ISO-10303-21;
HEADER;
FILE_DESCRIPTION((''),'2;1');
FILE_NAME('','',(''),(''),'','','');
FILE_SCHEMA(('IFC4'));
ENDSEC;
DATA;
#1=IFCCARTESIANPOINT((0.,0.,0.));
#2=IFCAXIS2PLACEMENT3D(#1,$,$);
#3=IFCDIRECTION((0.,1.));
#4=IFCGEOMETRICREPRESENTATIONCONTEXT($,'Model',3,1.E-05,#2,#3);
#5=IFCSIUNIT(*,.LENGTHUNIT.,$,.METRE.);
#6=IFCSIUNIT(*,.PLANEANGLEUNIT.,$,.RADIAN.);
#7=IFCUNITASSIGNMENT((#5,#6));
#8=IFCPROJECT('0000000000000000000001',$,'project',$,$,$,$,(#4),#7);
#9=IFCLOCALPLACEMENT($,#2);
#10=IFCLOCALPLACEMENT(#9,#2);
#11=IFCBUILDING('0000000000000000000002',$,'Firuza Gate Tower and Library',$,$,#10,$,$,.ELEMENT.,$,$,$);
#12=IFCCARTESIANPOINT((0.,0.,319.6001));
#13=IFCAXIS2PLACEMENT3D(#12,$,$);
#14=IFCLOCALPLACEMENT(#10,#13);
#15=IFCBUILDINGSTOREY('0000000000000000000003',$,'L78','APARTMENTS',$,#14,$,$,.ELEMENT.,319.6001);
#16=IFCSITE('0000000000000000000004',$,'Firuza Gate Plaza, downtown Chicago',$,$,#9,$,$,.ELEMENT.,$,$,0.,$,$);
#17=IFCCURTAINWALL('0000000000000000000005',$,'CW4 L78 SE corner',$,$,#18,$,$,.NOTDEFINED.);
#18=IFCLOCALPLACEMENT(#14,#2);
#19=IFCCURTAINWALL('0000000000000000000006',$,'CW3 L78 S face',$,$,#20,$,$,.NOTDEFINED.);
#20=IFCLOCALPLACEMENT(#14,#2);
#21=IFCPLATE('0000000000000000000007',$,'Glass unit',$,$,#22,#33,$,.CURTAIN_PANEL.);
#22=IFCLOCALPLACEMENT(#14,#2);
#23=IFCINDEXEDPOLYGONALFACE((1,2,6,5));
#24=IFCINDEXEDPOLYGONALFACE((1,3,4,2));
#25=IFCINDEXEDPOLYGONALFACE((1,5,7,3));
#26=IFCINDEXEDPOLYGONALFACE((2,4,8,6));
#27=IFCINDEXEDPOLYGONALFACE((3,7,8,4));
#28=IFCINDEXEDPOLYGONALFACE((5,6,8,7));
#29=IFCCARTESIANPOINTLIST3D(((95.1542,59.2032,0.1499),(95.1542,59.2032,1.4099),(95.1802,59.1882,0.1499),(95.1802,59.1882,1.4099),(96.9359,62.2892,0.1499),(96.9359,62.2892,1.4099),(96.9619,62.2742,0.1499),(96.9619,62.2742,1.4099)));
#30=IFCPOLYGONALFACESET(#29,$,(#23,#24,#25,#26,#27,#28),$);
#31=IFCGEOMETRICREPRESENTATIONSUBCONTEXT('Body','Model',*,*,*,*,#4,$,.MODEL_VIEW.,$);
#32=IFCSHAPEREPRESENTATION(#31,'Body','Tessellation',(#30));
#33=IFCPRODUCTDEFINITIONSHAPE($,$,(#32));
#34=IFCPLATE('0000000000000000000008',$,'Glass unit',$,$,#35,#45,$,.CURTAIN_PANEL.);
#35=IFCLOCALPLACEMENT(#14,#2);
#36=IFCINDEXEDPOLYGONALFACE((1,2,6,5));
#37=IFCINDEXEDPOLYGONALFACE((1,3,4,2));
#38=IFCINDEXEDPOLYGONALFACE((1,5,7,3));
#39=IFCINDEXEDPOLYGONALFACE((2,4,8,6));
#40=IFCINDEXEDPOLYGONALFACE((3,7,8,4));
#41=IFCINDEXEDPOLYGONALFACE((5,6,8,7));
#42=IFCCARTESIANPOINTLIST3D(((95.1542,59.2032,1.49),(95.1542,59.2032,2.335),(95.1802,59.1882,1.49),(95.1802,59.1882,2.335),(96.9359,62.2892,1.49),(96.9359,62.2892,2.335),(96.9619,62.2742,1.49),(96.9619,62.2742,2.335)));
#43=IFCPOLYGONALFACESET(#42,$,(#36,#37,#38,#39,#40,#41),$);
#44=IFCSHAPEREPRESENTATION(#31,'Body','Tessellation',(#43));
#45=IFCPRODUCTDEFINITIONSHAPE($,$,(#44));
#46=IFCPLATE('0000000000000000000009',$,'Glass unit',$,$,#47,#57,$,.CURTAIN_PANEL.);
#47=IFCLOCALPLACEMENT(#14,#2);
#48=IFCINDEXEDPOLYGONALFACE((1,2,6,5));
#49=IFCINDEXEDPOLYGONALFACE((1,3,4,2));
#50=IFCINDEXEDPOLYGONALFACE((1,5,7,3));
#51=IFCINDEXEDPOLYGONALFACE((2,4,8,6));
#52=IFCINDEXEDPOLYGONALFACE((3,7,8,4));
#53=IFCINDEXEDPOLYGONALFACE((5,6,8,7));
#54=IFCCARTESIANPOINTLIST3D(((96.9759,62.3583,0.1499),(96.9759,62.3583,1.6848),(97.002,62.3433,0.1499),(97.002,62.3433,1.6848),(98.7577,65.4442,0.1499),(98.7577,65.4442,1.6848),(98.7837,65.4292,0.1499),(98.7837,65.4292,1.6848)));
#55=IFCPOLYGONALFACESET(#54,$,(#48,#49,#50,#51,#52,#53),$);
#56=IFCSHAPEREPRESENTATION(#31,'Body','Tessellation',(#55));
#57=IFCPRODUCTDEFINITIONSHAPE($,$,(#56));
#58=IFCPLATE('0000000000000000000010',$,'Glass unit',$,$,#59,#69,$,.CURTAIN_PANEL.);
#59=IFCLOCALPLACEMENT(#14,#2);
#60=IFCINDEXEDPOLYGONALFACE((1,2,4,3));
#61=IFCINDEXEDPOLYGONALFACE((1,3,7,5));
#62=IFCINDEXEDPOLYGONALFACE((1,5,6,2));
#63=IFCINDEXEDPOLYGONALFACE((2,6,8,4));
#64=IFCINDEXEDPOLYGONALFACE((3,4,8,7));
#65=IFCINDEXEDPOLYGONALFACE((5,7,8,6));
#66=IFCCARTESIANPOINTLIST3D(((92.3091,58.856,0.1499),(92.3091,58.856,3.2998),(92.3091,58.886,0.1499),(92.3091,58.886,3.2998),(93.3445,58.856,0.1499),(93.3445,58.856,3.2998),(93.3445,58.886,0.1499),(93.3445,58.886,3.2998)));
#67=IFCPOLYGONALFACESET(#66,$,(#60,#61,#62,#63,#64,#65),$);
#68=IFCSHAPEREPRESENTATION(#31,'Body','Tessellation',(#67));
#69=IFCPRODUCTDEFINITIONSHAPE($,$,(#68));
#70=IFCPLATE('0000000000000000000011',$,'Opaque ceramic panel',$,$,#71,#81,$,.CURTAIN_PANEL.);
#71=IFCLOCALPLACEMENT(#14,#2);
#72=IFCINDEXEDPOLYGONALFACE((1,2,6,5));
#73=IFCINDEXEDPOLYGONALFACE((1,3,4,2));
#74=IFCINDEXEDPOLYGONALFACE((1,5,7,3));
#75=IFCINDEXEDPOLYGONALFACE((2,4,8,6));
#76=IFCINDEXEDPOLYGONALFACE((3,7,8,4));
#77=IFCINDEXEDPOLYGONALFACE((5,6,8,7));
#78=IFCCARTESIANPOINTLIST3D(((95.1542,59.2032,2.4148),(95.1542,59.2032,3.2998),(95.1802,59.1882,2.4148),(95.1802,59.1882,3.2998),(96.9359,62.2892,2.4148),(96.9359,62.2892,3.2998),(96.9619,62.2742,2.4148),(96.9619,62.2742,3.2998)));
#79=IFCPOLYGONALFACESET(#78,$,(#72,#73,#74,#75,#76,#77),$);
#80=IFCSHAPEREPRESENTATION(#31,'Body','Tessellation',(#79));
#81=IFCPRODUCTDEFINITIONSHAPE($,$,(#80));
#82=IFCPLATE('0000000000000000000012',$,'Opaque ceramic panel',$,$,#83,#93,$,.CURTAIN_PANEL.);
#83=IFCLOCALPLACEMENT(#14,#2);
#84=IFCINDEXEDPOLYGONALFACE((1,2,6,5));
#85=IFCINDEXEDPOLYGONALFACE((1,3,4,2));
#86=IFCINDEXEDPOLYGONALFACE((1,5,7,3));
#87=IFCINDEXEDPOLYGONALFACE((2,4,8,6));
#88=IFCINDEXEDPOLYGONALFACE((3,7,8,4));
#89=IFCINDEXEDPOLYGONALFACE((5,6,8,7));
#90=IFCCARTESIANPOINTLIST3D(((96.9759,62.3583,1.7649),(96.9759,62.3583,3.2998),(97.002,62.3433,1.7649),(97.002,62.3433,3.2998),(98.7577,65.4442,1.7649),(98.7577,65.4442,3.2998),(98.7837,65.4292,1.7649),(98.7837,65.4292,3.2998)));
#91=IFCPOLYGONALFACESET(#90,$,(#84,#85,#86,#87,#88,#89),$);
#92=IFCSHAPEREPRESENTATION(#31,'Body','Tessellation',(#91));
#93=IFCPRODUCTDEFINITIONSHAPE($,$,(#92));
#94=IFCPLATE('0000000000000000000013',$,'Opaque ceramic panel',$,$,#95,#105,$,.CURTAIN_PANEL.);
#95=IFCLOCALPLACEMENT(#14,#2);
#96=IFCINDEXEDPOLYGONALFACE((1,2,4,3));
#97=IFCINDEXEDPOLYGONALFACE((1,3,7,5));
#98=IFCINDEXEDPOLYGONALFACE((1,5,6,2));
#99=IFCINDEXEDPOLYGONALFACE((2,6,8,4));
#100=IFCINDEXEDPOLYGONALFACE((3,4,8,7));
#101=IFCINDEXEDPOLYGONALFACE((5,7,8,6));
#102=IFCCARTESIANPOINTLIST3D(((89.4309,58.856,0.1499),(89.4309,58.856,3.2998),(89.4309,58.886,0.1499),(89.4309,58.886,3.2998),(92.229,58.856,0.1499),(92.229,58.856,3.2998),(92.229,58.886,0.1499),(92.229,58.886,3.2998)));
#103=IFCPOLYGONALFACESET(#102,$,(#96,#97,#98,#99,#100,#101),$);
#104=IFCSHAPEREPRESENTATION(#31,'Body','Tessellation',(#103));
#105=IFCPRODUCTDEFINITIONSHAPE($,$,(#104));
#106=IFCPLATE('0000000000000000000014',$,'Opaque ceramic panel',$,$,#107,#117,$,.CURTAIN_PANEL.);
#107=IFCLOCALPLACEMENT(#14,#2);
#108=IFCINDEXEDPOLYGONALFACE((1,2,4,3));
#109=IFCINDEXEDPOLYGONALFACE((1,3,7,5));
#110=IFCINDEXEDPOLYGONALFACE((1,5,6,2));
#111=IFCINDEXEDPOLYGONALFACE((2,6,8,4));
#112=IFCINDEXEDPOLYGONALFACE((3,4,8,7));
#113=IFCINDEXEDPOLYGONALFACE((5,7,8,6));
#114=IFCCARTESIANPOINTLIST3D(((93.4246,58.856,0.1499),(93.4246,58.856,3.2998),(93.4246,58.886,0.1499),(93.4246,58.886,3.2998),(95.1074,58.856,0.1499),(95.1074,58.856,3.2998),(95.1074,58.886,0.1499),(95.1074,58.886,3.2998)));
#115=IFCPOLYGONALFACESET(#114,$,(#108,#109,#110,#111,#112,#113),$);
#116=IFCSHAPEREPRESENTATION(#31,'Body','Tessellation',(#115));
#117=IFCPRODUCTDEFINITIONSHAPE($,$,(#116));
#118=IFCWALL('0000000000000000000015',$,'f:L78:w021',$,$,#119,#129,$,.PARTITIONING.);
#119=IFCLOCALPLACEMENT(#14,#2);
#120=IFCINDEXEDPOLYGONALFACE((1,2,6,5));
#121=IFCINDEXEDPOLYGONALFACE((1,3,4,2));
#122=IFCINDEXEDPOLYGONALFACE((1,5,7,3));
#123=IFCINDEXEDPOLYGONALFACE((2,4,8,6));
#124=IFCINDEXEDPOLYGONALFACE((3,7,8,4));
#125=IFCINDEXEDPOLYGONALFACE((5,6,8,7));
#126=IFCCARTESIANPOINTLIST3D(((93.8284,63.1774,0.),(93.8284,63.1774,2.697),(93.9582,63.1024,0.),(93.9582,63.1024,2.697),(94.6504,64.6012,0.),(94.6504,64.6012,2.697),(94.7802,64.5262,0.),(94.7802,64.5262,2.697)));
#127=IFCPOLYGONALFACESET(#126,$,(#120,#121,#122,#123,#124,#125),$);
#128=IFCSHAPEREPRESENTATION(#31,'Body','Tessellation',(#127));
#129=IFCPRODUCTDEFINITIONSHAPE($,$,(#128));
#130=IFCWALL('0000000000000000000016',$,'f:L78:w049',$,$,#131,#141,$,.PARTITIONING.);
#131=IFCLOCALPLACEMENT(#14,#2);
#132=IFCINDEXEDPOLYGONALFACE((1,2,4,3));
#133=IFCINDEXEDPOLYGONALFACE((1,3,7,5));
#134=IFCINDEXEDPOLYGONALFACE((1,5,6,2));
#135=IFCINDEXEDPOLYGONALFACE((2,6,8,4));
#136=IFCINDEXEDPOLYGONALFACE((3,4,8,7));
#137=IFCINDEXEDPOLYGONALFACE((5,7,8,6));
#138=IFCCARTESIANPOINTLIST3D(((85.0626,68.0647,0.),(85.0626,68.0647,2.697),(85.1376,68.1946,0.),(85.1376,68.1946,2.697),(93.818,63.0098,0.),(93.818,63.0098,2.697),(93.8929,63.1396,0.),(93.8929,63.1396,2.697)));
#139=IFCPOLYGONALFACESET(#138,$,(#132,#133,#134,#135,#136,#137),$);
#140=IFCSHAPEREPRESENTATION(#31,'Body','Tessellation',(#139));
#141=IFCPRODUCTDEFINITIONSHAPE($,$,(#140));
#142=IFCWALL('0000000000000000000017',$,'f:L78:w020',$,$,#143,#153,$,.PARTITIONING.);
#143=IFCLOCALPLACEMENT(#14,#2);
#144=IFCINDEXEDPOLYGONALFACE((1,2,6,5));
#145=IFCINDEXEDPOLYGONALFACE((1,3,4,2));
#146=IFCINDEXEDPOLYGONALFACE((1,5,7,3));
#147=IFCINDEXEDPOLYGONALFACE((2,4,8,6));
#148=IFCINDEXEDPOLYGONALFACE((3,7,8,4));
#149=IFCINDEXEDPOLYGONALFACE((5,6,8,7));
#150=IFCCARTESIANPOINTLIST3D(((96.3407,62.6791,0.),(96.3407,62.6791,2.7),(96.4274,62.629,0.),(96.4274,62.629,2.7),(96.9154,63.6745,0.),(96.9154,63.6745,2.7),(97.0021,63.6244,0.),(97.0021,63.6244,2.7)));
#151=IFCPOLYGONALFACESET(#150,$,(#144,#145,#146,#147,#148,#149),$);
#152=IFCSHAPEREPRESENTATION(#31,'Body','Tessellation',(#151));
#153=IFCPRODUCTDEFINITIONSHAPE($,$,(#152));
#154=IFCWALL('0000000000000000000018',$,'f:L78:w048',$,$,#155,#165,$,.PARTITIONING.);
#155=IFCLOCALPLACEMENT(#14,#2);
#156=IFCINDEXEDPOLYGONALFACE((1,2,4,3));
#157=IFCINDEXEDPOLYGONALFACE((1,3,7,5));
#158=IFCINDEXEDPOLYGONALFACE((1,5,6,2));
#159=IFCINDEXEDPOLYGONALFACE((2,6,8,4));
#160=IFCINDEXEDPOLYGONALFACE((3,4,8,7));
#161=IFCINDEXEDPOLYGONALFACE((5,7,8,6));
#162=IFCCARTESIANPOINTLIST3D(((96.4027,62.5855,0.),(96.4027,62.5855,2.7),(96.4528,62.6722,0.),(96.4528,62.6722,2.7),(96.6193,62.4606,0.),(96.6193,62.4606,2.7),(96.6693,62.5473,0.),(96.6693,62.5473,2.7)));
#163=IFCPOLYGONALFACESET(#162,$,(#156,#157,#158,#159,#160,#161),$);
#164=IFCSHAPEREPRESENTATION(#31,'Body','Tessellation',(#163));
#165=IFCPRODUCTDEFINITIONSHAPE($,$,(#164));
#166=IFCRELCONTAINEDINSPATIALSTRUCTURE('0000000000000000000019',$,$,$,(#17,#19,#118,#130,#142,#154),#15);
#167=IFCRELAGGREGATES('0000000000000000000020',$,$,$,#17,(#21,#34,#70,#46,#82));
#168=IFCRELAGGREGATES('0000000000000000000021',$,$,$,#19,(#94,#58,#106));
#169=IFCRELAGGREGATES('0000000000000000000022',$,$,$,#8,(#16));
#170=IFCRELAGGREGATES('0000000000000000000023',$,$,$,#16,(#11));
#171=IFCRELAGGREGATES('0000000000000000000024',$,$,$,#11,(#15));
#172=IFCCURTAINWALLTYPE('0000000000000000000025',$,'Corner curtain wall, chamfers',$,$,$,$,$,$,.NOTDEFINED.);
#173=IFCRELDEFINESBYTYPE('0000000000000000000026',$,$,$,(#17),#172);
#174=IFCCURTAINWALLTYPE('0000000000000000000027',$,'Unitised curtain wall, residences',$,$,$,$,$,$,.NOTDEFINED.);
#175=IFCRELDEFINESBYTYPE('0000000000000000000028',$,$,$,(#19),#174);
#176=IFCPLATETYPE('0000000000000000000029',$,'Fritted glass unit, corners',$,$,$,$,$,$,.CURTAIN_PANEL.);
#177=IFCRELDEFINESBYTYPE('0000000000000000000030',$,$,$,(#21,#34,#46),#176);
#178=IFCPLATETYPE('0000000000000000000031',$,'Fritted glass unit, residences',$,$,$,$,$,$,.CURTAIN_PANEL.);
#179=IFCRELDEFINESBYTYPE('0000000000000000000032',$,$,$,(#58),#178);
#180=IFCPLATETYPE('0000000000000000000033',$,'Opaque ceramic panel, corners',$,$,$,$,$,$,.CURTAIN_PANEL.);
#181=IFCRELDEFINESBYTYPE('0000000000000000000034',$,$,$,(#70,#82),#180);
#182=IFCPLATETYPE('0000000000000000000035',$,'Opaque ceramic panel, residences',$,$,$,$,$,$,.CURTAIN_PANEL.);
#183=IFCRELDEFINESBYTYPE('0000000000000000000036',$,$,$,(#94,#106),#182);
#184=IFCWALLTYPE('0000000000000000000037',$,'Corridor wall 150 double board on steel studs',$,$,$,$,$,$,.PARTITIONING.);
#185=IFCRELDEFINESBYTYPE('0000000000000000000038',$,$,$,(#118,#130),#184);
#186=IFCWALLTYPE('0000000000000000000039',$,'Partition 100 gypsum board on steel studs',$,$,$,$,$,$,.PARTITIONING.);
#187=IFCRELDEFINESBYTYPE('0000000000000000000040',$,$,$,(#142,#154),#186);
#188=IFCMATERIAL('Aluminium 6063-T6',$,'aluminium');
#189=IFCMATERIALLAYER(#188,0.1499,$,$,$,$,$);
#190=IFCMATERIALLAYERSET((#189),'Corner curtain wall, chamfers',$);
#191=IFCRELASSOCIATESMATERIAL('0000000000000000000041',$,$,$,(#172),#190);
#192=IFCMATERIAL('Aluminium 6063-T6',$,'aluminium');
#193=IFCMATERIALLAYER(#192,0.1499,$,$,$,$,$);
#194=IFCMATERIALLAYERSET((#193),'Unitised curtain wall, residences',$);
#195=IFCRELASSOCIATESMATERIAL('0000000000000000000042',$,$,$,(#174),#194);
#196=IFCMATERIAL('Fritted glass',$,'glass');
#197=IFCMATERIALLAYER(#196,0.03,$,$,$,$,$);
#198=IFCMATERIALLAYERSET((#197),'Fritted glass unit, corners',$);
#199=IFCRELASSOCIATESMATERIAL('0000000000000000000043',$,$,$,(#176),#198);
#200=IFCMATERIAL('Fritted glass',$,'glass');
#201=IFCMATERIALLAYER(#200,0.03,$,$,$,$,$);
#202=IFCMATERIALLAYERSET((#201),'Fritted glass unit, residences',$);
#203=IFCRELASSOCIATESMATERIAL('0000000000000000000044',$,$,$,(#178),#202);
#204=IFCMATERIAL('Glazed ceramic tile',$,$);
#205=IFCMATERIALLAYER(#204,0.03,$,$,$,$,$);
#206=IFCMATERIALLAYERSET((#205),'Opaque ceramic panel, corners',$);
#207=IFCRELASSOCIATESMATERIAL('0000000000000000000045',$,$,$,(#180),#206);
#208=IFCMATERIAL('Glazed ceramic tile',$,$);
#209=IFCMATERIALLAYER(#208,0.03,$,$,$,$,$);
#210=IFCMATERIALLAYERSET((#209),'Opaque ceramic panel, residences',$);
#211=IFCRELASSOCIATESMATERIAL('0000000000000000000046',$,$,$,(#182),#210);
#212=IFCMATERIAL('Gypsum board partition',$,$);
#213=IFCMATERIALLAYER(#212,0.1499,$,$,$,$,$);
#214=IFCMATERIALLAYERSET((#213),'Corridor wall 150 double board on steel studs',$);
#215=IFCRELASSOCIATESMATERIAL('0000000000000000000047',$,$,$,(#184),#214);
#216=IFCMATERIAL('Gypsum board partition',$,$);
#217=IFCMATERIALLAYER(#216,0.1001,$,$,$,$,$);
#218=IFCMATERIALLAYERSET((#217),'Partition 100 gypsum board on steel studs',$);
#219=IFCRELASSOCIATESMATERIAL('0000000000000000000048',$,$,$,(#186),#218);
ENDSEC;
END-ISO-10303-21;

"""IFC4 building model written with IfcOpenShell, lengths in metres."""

from ifc_helpers import new_model, si_unit, direction, frame, frame_2d, origin, place, context, subcontext, project, spatial, polyline, rectangle, outline, extrude, material, layer, layer_set, type_object, element, aggregate, save


model = new_model("IFC4")

# Units and contexts
model_context = context("Model", 3, precision=1e-05, world=origin(), true_north=direction((0.0, 1.0)))
body_context = subcontext(model_context, "Body", "Model", "MODEL_VIEW")
ifc_project = project(units=[si_unit("LENGTHUNIT", "METRE"), si_unit("PLANEANGLEUNIT", "RADIAN")], contexts=[model_context])

# Site, building, storey
site_placement = place(None, origin())
site = spatial("IfcSite", under=ifc_project, at=site_placement, Name="Firuza Gate Plaza, downtown Chicago", CompositionType="ELEMENT", RefElevation=0.0)
building_placement = place(site_placement, origin())
building = spatial("IfcBuilding", under=site, at=building_placement, Name="Firuza Gate Tower and Library", CompositionType="ELEMENT")
storey_placement = place(building_placement, frame((0.0, 0.0, 319.6001)))
storey = spatial("IfcBuildingStorey", under=building, at=storey_placement, Name="L78", Description="APARTMENTS", CompositionType="ELEMENT", Elevation=319.6001)

# Curtain walls
ifc_material_1 = material(Name="Aluminium 6063-T6", Category="aluminium")
ifc_layer_1 = layer(ifc_material_1, 0.1499)
ifc_layer_set_1 = layer_set([ifc_layer_1], Name="Corner curtain wall, chamfers")
curtain_wall_type_1 = type_object("IfcCurtainWallType", Name="Corner curtain wall, chamfers", PredefinedType="NOTDEFINED", material=ifc_layer_set_1)
placement = place(storey_placement, origin())
curtain_wall_1 = element("IfcCurtainWall", 1, at=placement, inside=storey, type_object=curtain_wall_type_1, Name="CW4 L78 SE corner", PredefinedType="NOTDEFINED")
ifc_material_2 = material(Name="Aluminium 6063-T6", Category="aluminium")
ifc_layer_2 = layer(ifc_material_2, 0.1499)
ifc_layer_set_2 = layer_set([ifc_layer_2], Name="Unitised curtain wall, residences")
curtain_wall_type_2 = type_object("IfcCurtainWallType", Name="Unitised curtain wall, residences", PredefinedType="NOTDEFINED", material=ifc_layer_set_2)
curtain_wall_2 = element("IfcCurtainWall", 2, at=placement, inside=storey, type_object=curtain_wall_type_2, Name="CW3 L78 S face", PredefinedType="NOTDEFINED")

# Plates
ifc_material_3 = material(Name="Fritted glass", Category="glass")
ifc_layer_3 = layer(ifc_material_3, 0.03)
ifc_layer_set_3 = layer_set([ifc_layer_3], Name="Fritted glass unit, corners")
plate_type_1 = type_object("IfcPlateType", Name="Fritted glass unit, corners", PredefinedType="CURTAIN_PANEL", material=ifc_layer_set_3)
plate_1_placement = place(storey_placement, frame((95.1802, 59.1882, 0.1499), z_axis=(0.866017, -0.500015, 0.0), x_axis=(0.500015, 0.866017, 0.0)))
plate_1 = element("IfcPlate", 3, at=plate_1_placement, type_object=plate_type_1, Name="Glass unit", PredefinedType="CURTAIN_PANEL", context=body_context, shape_type="SweptSolid", body=[
    extrude(outline(polyline([(0.0, 0.0), (3.5634, 0.0), (3.5634, 1.26), (0.0, 1.26), (0.0, 0.0)])), origin(), (0.0, 0.0, -1.0), 0.03),
])
plate_2_placement = place(storey_placement, frame((95.1802, 59.1882, 1.49), z_axis=(0.866017, -0.500015, 0.0), x_axis=(0.500015, 0.866017, 0.0)))
plate_2 = element("IfcPlate", 4, at=plate_2_placement, type_object=plate_type_1, Name="Glass unit", PredefinedType="CURTAIN_PANEL", context=body_context, shape_type="SweptSolid", body=[
    extrude(outline(polyline([(0.0, 0.0), (3.5634, 0.0), (3.5634, 0.845), (0.0, 0.845), (0.0, 0.0)])), origin(), (0.0, 0.0, -1.0), 0.03),
])
plate_3_placement = place(storey_placement, frame((97.002, 62.3433, 0.1499), z_axis=(0.866017, -0.500015, 0.0), x_axis=(0.500015, 0.866017, 0.0)))
plate_3 = element("IfcPlate", 5, at=plate_3_placement, type_object=plate_type_1, Name="Glass unit", PredefinedType="CURTAIN_PANEL", context=body_context, shape_type="SweptSolid", body=[
    extrude(outline(polyline([(0.0, 0.0), (3.5634, 0.0), (3.5634, 1.5349), (0.0, 1.5349), (0.0, 0.0)])), origin(), (0.0, 0.0, -1.0), 0.03),
])
ifc_material_4 = material(Name="Fritted glass", Category="glass")
ifc_layer_4 = layer(ifc_material_4, 0.03)
ifc_layer_set_4 = layer_set([ifc_layer_4], Name="Fritted glass unit, residences")
plate_type_2 = type_object("IfcPlateType", Name="Fritted glass unit, residences", PredefinedType="CURTAIN_PANEL", material=ifc_layer_set_4)
plate_4_placement = place(storey_placement, frame((92.3091, 58.856, 0.1499), z_axis=(0.0, -1.0, 0.0), x_axis=(1.0, 0.0, 0.0)))
plate_4 = element("IfcPlate", 6, at=plate_4_placement, type_object=plate_type_2, Name="Glass unit", PredefinedType="CURTAIN_PANEL", context=body_context, shape_type="SweptSolid", body=[
    extrude(outline(polyline([(0.0, 0.0), (1.0354, 0.0), (1.0354, 3.1499), (0.0, 3.1499), (0.0, 0.0)])), origin(), (0.0, 0.0, -1.0), 0.03),
])
ifc_material_5 = material(Name="Glazed ceramic tile")
ifc_layer_5 = layer(ifc_material_5, 0.03)
ifc_layer_set_5 = layer_set([ifc_layer_5], Name="Opaque ceramic panel, corners")
plate_type_3 = type_object("IfcPlateType", Name="Opaque ceramic panel, corners", PredefinedType="CURTAIN_PANEL", material=ifc_layer_set_5)
plate_5_placement = place(storey_placement, frame((95.1802, 59.1882, 2.4148), z_axis=(0.866017, -0.500015, 0.0), x_axis=(0.500015, 0.866017, 0.0)))
plate_5 = element("IfcPlate", 7, at=plate_5_placement, type_object=plate_type_3, Name="Opaque ceramic panel", PredefinedType="CURTAIN_PANEL", context=body_context, shape_type="SweptSolid", body=[
    extrude(outline(polyline([(0.0, 0.0), (3.5634, 0.0), (3.5634, 0.885), (0.0, 0.885), (0.0, 0.0)])), origin(), (0.0, 0.0, -1.0), 0.03),
])
plate_6_placement = place(storey_placement, frame((97.002, 62.3433, 1.7649), z_axis=(0.866017, -0.500015, 0.0), x_axis=(0.500015, 0.866017, 0.0)))
plate_6 = element("IfcPlate", 8, at=plate_6_placement, type_object=plate_type_3, Name="Opaque ceramic panel", PredefinedType="CURTAIN_PANEL", context=body_context, shape_type="SweptSolid", body=[
    extrude(outline(polyline([(0.0, 0.0), (3.5634, 0.0), (3.5634, 1.5349), (0.0, 1.5349), (0.0, 0.0)])), origin(), (0.0, 0.0, -1.0), 0.03),
])
aggregate(curtain_wall_1, [plate_1, plate_2, plate_5, plate_3, plate_6])
ifc_material_6 = material(Name="Glazed ceramic tile")
ifc_layer_6 = layer(ifc_material_6, 0.03)
ifc_layer_set_6 = layer_set([ifc_layer_6], Name="Opaque ceramic panel, residences")
plate_type_4 = type_object("IfcPlateType", Name="Opaque ceramic panel, residences", PredefinedType="CURTAIN_PANEL", material=ifc_layer_set_6)
plate_7_placement = place(storey_placement, frame((89.4309, 58.856, 0.1499), z_axis=(0.0, -1.0, 0.0), x_axis=(1.0, 0.0, 0.0)))
plate_7 = element("IfcPlate", 9, at=plate_7_placement, type_object=plate_type_4, Name="Opaque ceramic panel", PredefinedType="CURTAIN_PANEL", context=body_context, shape_type="SweptSolid", body=[
    extrude(outline(polyline([(0.0, 0.0), (2.7981, 0.0), (2.7981, 3.1499), (0.0, 3.1499), (0.0, 0.0)])), origin(), (0.0, 0.0, -1.0), 0.03),
])
plate_8_placement = place(storey_placement, frame((93.4246, 58.856, 0.1499), z_axis=(0.0, -1.0, 0.0), x_axis=(1.0, 0.0, 0.0)))
plate_8 = element("IfcPlate", 10, at=plate_8_placement, type_object=plate_type_4, Name="Opaque ceramic panel", PredefinedType="CURTAIN_PANEL", context=body_context, shape_type="SweptSolid", body=[
    extrude(outline(polyline([(0.0, 0.0), (1.6829, 0.0), (1.6829, 3.1499), (0.0, 3.1499), (0.0, 0.0)])), origin(), (0.0, 0.0, -1.0), 0.03),
])
aggregate(curtain_wall_2, [plate_7, plate_4, plate_8])

# Walls
ifc_material_7 = material(Name="Gypsum board partition")
ifc_layer_7 = layer(ifc_material_7, 0.1499)
ifc_layer_set_7 = layer_set([ifc_layer_7], Name="Corridor wall 150 double board on steel studs")
wall_type_1 = type_object("IfcWallType", Name="Corridor wall 150 double board on steel studs", PredefinedType="PARTITIONING", material=ifc_layer_set_7)
wall_1_placement = place(storey_placement, frame((93.8933, 63.1399, 0.0), z_axis=(0.0, 0.0, 1.0), x_axis=(0.499988, 0.866032, 0.0)))
element("IfcWall", 11, at=wall_1_placement, inside=storey, type_object=wall_type_1, Name="f:L78:w021", PredefinedType="PARTITIONING", context=body_context, shape_type="SweptSolid", body=[
    extrude(rectangle(XDim=1.644, YDim=0.1499, at=frame_2d((0.822, 0.0))), origin(), (0.0, 0.0, 1.0), 2.697),
])
wall_2_placement = place(storey_placement, frame((93.8555, 63.0747, 0.0), z_axis=(0.0, 0.0, 1.0), x_axis=(-0.866025, 0.500001, 0.0)))
element("IfcWall", 12, at=wall_2_placement, inside=storey, type_object=wall_type_1, Name="f:L78:w049", PredefinedType="PARTITIONING", context=body_context, shape_type="SweptSolid", body=[
    extrude(rectangle(XDim=10.1099, YDim=0.1499, at=frame_2d((5.0549, 0.0))), origin(), (0.0, 0.0, 1.0), 2.697),
])
ifc_material_8 = material(Name="Gypsum board partition")
ifc_layer_8 = layer(ifc_material_8, 0.1001)
ifc_layer_set_8 = layer_set([ifc_layer_8], Name="Partition 100 gypsum board on steel studs")
wall_type_2 = type_object("IfcWallType", Name="Partition 100 gypsum board on steel studs", PredefinedType="PARTITIONING", material=ifc_layer_set_8)
wall_3_placement = place(storey_placement, frame((96.384, 62.6541, 0.0), z_axis=(0.0, 0.0, 1.0), x_axis=(0.500023, 0.866012, 0.0)))
element("IfcWall", 13, at=wall_3_placement, inside=storey, type_object=wall_type_2, Name="f:L78:w020", PredefinedType="PARTITIONING", context=body_context, shape_type="SweptSolid", body=[
    extrude(rectangle(XDim=1.1494, YDim=0.1001, at=frame_2d((0.5747, 0.0))), origin(), (0.0, 0.0, 1.0), 2.7),
])
wall_4_placement = place(storey_placement, frame((96.6443, 62.5039, 0.0), z_axis=(0.0, 0.0, 1.0), x_axis=(-0.866072, 0.49992, 0.0)))
element("IfcWall", 14, at=wall_4_placement, inside=storey, type_object=wall_type_2, Name="f:L78:w048", PredefinedType="PARTITIONING", context=body_context, shape_type="SweptSolid", body=[
    extrude(rectangle(XDim=0.25, YDim=0.1001, at=frame_2d((0.125, 0.0))), origin(), (0.0, 0.0, 1.0), 2.7),
])

save(model, "model.ifc")
